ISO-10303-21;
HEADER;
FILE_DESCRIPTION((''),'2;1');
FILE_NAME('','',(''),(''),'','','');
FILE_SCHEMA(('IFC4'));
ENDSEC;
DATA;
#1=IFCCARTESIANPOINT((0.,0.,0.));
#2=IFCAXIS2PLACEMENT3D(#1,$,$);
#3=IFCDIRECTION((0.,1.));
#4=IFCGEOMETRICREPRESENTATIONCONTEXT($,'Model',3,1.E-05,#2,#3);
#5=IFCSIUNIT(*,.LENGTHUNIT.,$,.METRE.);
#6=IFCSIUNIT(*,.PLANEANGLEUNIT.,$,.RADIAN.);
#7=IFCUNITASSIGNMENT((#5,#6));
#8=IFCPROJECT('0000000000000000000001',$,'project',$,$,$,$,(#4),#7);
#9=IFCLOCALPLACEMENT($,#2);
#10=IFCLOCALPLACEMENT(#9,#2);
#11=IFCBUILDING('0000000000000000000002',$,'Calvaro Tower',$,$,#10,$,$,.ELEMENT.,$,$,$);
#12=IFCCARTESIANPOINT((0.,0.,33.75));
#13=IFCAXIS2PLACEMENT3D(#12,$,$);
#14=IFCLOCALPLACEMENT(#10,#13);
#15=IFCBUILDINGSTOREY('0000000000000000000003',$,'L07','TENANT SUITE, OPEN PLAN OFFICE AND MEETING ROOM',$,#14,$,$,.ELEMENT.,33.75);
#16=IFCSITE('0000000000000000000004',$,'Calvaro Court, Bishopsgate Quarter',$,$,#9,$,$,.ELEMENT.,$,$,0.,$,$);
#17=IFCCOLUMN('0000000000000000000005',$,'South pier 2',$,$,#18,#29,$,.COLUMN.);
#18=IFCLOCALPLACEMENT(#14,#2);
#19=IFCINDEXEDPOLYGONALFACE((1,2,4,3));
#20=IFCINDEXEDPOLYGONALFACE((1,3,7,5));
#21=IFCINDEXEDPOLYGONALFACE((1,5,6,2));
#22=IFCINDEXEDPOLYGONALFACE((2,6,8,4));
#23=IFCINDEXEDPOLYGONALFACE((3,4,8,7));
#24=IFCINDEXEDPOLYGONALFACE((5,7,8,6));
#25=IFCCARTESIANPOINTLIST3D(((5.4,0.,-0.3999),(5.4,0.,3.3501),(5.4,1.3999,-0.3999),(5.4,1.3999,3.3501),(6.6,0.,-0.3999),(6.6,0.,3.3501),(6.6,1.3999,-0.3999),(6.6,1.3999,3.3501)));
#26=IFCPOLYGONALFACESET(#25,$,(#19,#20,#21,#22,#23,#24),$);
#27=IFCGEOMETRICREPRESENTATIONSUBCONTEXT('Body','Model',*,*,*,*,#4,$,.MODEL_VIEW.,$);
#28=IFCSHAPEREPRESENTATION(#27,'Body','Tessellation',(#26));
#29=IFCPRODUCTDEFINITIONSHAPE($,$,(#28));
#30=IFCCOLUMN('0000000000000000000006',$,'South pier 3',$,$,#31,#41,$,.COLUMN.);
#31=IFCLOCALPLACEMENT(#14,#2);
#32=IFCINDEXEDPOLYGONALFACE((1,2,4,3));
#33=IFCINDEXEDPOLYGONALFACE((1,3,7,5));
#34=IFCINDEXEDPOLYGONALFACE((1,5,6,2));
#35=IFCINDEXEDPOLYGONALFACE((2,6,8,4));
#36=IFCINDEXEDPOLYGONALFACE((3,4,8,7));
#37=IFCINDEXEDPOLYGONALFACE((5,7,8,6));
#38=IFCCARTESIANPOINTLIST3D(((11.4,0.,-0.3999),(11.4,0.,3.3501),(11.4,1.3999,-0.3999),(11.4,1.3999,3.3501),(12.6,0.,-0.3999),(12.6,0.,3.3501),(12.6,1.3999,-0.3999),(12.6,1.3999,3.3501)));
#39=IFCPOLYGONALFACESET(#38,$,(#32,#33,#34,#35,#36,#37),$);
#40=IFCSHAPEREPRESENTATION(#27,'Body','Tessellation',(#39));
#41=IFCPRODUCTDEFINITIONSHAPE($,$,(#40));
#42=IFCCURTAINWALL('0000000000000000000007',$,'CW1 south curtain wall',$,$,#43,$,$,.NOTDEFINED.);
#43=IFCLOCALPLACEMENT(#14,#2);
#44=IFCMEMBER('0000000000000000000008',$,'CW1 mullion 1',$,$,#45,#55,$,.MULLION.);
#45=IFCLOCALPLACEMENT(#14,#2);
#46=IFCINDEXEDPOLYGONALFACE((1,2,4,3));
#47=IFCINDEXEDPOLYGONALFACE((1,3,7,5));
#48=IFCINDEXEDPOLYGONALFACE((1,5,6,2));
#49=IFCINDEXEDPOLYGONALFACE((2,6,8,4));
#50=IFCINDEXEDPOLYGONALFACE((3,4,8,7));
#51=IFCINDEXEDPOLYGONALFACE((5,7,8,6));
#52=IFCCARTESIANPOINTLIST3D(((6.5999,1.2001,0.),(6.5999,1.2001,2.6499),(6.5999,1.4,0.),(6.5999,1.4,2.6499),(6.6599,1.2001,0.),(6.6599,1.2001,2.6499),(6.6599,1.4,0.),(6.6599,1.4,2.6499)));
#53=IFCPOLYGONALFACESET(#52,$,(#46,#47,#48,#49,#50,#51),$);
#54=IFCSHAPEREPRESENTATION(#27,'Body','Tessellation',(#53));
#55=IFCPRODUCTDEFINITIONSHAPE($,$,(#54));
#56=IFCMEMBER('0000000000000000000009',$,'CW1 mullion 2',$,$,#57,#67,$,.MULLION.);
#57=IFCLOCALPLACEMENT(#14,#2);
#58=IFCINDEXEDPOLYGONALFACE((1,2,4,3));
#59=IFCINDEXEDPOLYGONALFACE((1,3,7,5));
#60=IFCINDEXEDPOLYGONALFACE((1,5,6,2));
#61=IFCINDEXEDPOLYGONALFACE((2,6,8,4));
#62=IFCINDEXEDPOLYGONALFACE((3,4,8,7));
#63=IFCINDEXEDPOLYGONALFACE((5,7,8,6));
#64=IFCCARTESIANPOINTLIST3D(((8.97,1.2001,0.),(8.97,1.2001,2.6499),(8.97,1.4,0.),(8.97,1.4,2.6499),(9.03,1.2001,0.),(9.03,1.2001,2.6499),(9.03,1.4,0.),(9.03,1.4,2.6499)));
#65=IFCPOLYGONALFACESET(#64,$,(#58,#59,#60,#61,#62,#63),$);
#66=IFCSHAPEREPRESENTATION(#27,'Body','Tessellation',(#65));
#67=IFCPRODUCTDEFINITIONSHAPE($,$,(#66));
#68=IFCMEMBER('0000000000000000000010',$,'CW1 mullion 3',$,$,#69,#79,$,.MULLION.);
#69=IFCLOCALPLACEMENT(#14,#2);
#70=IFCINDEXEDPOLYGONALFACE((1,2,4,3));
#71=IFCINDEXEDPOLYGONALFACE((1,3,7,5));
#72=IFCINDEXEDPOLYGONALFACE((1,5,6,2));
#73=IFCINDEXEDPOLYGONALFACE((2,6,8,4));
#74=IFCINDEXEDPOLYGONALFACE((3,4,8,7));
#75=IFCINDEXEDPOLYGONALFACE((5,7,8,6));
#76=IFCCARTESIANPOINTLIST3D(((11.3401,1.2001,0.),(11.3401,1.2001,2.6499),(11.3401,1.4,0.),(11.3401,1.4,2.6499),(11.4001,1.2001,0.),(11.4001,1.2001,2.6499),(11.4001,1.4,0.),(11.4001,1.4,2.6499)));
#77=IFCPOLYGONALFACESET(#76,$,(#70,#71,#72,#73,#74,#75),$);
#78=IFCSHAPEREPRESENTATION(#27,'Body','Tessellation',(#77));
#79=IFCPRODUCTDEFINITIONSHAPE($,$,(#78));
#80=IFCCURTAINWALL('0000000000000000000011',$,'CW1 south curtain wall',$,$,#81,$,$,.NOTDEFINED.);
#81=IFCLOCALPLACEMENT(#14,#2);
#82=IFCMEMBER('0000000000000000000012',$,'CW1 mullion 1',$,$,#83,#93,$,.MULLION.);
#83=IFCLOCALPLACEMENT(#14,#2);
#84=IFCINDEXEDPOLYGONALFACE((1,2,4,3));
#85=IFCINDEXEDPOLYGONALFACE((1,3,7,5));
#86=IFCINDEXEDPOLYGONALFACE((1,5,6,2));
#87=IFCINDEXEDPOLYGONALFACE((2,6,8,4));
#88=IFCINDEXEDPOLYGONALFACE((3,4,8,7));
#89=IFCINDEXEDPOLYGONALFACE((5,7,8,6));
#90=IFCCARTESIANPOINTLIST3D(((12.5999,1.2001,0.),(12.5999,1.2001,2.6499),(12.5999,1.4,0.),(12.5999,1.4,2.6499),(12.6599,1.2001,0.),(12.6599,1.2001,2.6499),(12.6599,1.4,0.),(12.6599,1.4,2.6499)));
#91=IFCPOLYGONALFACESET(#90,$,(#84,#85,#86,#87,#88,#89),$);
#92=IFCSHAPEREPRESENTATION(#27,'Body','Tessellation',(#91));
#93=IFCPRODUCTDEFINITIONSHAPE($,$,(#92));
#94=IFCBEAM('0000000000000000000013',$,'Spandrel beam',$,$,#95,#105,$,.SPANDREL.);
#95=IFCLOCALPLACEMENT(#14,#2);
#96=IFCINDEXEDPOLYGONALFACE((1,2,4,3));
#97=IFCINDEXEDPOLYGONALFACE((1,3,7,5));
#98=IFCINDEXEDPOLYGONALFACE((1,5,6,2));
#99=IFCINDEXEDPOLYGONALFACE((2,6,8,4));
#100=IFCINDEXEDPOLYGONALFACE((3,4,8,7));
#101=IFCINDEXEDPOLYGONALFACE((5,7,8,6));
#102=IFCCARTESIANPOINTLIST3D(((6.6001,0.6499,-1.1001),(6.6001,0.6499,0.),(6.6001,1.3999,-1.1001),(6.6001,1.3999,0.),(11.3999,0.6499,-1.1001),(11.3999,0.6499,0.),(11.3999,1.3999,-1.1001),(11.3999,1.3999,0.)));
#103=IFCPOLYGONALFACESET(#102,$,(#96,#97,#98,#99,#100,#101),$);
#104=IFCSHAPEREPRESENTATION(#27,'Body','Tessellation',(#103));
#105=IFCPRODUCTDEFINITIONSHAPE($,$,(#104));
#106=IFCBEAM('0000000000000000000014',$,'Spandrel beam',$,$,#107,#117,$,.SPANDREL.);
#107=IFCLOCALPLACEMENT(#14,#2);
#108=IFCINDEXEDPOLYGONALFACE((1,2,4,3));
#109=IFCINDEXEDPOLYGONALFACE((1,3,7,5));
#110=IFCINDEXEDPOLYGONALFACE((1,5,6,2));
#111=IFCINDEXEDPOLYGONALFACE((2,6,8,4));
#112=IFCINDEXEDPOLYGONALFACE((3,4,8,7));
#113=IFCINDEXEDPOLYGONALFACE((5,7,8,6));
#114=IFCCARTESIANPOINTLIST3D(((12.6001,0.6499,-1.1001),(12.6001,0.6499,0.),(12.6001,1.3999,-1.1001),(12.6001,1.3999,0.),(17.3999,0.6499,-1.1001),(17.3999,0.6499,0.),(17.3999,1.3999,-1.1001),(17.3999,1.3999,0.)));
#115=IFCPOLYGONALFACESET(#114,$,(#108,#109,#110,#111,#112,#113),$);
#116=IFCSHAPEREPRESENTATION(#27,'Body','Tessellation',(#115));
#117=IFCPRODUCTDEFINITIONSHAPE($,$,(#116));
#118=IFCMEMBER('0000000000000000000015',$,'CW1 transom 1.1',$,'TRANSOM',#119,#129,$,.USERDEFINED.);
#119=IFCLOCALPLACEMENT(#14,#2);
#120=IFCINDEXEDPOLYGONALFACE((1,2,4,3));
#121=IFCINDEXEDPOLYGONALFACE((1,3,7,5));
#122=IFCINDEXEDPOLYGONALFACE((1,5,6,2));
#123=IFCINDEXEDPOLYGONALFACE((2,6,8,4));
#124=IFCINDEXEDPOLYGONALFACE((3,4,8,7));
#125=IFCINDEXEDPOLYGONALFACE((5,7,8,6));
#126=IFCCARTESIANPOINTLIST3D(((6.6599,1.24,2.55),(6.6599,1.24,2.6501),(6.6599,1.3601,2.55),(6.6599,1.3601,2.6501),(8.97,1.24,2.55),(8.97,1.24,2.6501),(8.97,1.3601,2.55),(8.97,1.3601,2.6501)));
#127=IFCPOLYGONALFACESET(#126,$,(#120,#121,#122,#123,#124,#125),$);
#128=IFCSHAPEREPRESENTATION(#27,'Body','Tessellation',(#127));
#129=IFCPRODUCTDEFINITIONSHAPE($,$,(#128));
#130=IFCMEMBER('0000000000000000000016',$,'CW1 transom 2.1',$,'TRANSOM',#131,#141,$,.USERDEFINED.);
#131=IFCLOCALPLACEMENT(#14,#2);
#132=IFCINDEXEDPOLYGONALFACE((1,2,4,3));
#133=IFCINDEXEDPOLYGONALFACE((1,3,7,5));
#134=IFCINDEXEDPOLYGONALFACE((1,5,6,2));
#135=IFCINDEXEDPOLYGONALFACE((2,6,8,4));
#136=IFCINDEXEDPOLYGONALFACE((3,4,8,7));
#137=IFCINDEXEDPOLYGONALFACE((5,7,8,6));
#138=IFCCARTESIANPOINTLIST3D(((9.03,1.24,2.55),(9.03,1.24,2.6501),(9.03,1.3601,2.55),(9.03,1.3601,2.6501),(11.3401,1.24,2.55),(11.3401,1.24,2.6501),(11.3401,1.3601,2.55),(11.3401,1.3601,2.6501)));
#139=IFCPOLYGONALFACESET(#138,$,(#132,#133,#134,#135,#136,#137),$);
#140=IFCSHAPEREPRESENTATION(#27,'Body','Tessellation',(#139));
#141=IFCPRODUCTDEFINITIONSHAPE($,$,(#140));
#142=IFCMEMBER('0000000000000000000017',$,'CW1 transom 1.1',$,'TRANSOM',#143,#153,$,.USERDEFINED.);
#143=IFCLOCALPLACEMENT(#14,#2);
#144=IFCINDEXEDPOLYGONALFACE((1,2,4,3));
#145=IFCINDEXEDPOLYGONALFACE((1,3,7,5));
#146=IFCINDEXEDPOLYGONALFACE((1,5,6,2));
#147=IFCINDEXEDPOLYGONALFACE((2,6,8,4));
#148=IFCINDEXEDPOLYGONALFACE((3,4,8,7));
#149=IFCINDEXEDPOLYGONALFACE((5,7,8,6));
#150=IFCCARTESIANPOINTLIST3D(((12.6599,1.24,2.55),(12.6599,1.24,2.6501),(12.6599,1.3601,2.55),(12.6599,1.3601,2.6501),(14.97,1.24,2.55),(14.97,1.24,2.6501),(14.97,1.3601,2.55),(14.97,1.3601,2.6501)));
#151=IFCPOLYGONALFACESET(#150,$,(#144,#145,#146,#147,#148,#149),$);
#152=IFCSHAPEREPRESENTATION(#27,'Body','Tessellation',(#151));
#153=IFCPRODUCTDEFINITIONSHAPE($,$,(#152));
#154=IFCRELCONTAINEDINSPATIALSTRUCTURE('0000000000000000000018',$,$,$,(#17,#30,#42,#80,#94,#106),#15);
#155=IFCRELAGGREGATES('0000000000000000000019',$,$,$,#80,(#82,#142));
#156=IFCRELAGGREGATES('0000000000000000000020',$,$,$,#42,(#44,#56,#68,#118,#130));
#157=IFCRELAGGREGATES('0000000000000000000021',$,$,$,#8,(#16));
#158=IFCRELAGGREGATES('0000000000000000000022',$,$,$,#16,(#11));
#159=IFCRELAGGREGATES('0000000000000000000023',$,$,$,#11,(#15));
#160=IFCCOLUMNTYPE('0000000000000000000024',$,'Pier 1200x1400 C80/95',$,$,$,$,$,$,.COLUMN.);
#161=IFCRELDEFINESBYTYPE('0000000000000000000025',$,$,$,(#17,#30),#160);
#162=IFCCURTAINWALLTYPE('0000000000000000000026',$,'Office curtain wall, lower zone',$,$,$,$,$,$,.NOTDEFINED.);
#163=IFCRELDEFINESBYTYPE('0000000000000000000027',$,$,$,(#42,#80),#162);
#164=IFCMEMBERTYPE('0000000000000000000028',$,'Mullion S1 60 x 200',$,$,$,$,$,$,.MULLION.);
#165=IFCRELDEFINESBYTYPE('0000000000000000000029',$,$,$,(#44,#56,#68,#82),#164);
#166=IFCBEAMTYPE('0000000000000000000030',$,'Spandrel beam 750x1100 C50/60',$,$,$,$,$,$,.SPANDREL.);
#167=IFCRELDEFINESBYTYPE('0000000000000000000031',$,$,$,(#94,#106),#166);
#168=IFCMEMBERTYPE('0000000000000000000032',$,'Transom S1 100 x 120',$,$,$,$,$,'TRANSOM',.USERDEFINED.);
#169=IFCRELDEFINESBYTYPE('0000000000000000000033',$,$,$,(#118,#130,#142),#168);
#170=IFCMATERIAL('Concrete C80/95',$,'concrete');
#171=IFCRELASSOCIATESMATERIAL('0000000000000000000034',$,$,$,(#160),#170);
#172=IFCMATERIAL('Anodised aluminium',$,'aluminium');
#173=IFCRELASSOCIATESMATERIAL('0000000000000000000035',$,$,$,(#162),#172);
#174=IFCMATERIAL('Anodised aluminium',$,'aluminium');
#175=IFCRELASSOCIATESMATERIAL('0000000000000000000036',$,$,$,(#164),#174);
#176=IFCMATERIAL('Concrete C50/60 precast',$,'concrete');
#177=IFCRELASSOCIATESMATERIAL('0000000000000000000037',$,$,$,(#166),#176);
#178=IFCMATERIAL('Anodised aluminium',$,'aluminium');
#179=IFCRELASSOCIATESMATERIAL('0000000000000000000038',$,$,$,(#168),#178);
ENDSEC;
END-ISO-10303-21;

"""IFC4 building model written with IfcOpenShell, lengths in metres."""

from ifc_helpers import new_model, si_unit, direction, frame, origin, origin_2d, place, context, subcontext, project, spatial, rectangle, extrude, material, material_profile, profile_set, type_object, element, aggregate, save


model = new_model("IFC4")

# Units and contexts
model_context = context("Model", 3, precision=1e-05, world=origin(), true_north=direction((0.0, 1.0)))
body_context = subcontext(model_context, "Body", "Model", "MODEL_VIEW")
ifc_project = project(units=[si_unit("LENGTHUNIT", "METRE"), si_unit("PLANEANGLEUNIT", "RADIAN")], contexts=[model_context])

# Site, building, storey
site_placement = place(None, origin())
site = spatial("IfcSite", under=ifc_project, at=site_placement, Name="Calvaro Court, Bishopsgate Quarter", CompositionType="ELEMENT", RefElevation=0.0)
building_placement = place(site_placement, origin())
building = spatial("IfcBuilding", under=site, at=building_placement, Name="Calvaro Tower", CompositionType="ELEMENT")
storey_placement = place(building_placement, frame((0.0, 0.0, 33.75)))
storey = spatial("IfcBuildingStorey", under=building, at=storey_placement, Name="L07", Description="TENANT SUITE, OPEN PLAN OFFICE AND MEETING ROOM", CompositionType="ELEMENT", Elevation=33.75)

# Columns
ifc_material_1 = material(Name="Concrete C80/95", Category="concrete")
ifc_material_profile_1 = material_profile(ifc_material_1, rectangle(XDim=1.2, YDim=1.3999, at=origin_2d()), Name="RC 1200x1400")
ifc_profile_set_1 = profile_set([ifc_material_profile_1], Name="Concrete C80/95")
column_type = type_object("IfcColumnType", Name="Pier 1200x1400 C80/95", PredefinedType="COLUMN", material=ifc_profile_set_1)
for number, where, z_axis, x_axis, name in (
    (1, (6.0, 0.7, -0.3999), (0.0, 0.0, 1.0), (1.0, 0.0, 0.0), "South pier 2"),
    (2, (12.0, 0.7, -0.3999), (0.0, 0.0, 1.0), (1.0, 0.0, 0.0), "South pier 3"),
):
    element("IfcColumn", number, at=place(storey_placement, frame(where, z_axis=z_axis, x_axis=x_axis)), inside=storey, type_object=column_type, Name=name, PredefinedType="COLUMN", context=body_context, shape_type="SweptSolid", body=[
        extrude(rectangle(XDim=1.2, YDim=1.3999, at=origin_2d()), origin(), (0.0, 0.0, 1.0), 3.75),
    ])

# Curtain wall, members
ifc_material_2 = material(Name="Anodised aluminium", Category="aluminium")
curtain_wall_type = type_object("IfcCurtainWallType", Name="Office curtain wall, lower zone", PredefinedType="NOTDEFINED", material=ifc_material_2)
curtain_wall_1_placement = place(storey_placement, origin())
curtain_wall_1 = element("IfcCurtainWall", 3, at=curtain_wall_1_placement, inside=storey, type_object=curtain_wall_type, Name="CW1 south curtain wall", PredefinedType="NOTDEFINED")
ifc_material_3 = material(Name="Anodised aluminium", Category="aluminium")
ifc_material_profile_2 = material_profile(ifc_material_3, rectangle(XDim=0.2, YDim=0.0601, at=origin_2d()), Name="Mullion S1 60 x 200")
ifc_profile_set_2 = profile_set([ifc_material_profile_2], Name="Anodised aluminium")
member_type_1 = type_object("IfcMemberType", Name="Mullion S1 60 x 200", PredefinedType="MULLION", material=ifc_profile_set_2)
member_1_placement = place(storey_placement, frame((6.6299, 1.3, 0.0), z_axis=(0.0, 0.0, 1.0), x_axis=(0.0, 1.0, 0.0)))
member_1 = element("IfcMember", 4, at=member_1_placement, type_object=member_type_1, Name="CW1 mullion 1", PredefinedType="MULLION", context=body_context, shape_type="SweptSolid", body=[
    extrude(rectangle(XDim=0.2, YDim=0.0601, at=origin_2d()), origin(), (0.0, 0.0, 1.0), 2.6499),
])
member_2_placement = place(storey_placement, frame((9.0, 1.3, 0.0), z_axis=(0.0, 0.0, 1.0), x_axis=(0.0, 1.0, 0.0)))
member_2 = element("IfcMember", 5, at=member_2_placement, type_object=member_type_1, Name="CW1 mullion 2", PredefinedType="MULLION", context=body_context, shape_type="SweptSolid", body=[
    extrude(rectangle(XDim=0.2, YDim=0.0601, at=origin_2d()), origin(), (0.0, 0.0, 1.0), 2.6499),
])
member_3_placement = place(storey_placement, frame((11.3701, 1.3, 0.0), z_axis=(0.0, 0.0, 1.0), x_axis=(0.0, 1.0, 0.0)))
member_3 = element("IfcMember", 6, at=member_3_placement, type_object=member_type_1, Name="CW1 mullion 3", PredefinedType="MULLION", context=body_context, shape_type="SweptSolid", body=[
    extrude(rectangle(XDim=0.2, YDim=0.0601, at=origin_2d()), origin(), (0.0, 0.0, 1.0), 2.6499),
])

# Curtain wall, member
curtain_wall_2_placement = place(storey_placement, origin())
curtain_wall_2 = element("IfcCurtainWall", 7, at=curtain_wall_2_placement, inside=storey, type_object=curtain_wall_type, Name="CW1 south curtain wall", PredefinedType="NOTDEFINED")
member_4_placement = place(storey_placement, frame((12.6299, 1.3, 0.0), z_axis=(0.0, 0.0, 1.0), x_axis=(0.0, 1.0, 0.0)))
member_4 = element("IfcMember", 8, at=member_4_placement, type_object=member_type_1, Name="CW1 mullion 1", PredefinedType="MULLION", context=body_context, shape_type="SweptSolid", body=[
    extrude(rectangle(XDim=0.2, YDim=0.0601, at=origin_2d()), origin(), (0.0, 0.0, 1.0), 2.6499),
])

# Beams
ifc_material_4 = material(Name="Concrete C50/60 precast", Category="concrete")
ifc_material_profile_3 = material_profile(ifc_material_4, rectangle(XDim=0.75, YDim=1.1001, at=origin_2d()), Name="RC 750x1100")
ifc_profile_set_3 = profile_set([ifc_material_profile_3], Name="Concrete C50/60 precast")
beam_type = type_object("IfcBeamType", Name="Spandrel beam 750x1100 C50/60", PredefinedType="SPANDREL", material=ifc_profile_set_3)
for number, where, z_axis, x_axis, name in (
    (9, (6.6001, 1.0249, -0.55), (1.0, 0.0, 0.0), (0.0, 1.0, 0.0), "Spandrel beam"),
    (10, (12.6001, 1.0249, -0.55), (1.0, 0.0, 0.0), (0.0, 1.0, 0.0), "Spandrel beam"),
):
    element("IfcBeam", number, at=place(storey_placement, frame(where, z_axis=z_axis, x_axis=x_axis)), inside=storey, type_object=beam_type, Name=name, PredefinedType="SPANDREL", context=body_context, shape_type="SweptSolid", body=[
        extrude(rectangle(XDim=0.75, YDim=1.1001, at=origin_2d()), origin(), (0.0, 0.0, 1.0), 4.7998),
    ])

# Members
ifc_material_5 = material(Name="Anodised aluminium", Category="aluminium")
ifc_material_profile_4 = material_profile(ifc_material_5, rectangle(XDim=0.1201, YDim=0.1001, at=origin_2d()), Name="Transom S1 100 x 120")
ifc_profile_set_4 = profile_set([ifc_material_profile_4], Name="Anodised aluminium")
member_type_2 = type_object("IfcMemberType", Name="Transom S1 100 x 120", ElementType="TRANSOM", PredefinedType="USERDEFINED", material=ifc_profile_set_4)
member_5_placement = place(storey_placement, frame((6.6599, 1.3, 2.6001), z_axis=(1.0, 0.0, 0.0), x_axis=(0.0, 1.0, 0.0)))
member_5 = element("IfcMember", 11, at=member_5_placement, type_object=member_type_2, Name="CW1 transom 1.1", ObjectType="TRANSOM", PredefinedType="USERDEFINED", context=body_context, shape_type="SweptSolid", body=[
    extrude(rectangle(XDim=0.1201, YDim=0.1001, at=origin_2d()), origin(), (0.0, 0.0, 1.0), 2.3101),
])
member_6_placement = place(storey_placement, frame((9.03, 1.3, 2.6001), z_axis=(1.0, 0.0, 0.0), x_axis=(0.0, 1.0, 0.0)))
member_6 = element("IfcMember", 12, at=member_6_placement, type_object=member_type_2, Name="CW1 transom 2.1", ObjectType="TRANSOM", PredefinedType="USERDEFINED", context=body_context, shape_type="SweptSolid", body=[
    extrude(rectangle(XDim=0.1201, YDim=0.1001, at=origin_2d()), origin(), (0.0, 0.0, 1.0), 2.3101),
])
member_7_placement = place(storey_placement, frame((12.6599, 1.3, 2.6001), z_axis=(1.0, 0.0, 0.0), x_axis=(0.0, 1.0, 0.0)))
member_7 = element("IfcMember", 13, at=member_7_placement, type_object=member_type_2, Name="CW1 transom 1.1", ObjectType="TRANSOM", PredefinedType="USERDEFINED", context=body_context, shape_type="SweptSolid", body=[
    extrude(rectangle(XDim=0.1201, YDim=0.1001, at=origin_2d()), origin(), (0.0, 0.0, 1.0), 2.3101),
])
aggregate(curtain_wall_2, [member_4, member_7])

aggregate(curtain_wall_1, [member_1, member_2, member_3, member_5, member_6])

save(model, "model.ifc")
